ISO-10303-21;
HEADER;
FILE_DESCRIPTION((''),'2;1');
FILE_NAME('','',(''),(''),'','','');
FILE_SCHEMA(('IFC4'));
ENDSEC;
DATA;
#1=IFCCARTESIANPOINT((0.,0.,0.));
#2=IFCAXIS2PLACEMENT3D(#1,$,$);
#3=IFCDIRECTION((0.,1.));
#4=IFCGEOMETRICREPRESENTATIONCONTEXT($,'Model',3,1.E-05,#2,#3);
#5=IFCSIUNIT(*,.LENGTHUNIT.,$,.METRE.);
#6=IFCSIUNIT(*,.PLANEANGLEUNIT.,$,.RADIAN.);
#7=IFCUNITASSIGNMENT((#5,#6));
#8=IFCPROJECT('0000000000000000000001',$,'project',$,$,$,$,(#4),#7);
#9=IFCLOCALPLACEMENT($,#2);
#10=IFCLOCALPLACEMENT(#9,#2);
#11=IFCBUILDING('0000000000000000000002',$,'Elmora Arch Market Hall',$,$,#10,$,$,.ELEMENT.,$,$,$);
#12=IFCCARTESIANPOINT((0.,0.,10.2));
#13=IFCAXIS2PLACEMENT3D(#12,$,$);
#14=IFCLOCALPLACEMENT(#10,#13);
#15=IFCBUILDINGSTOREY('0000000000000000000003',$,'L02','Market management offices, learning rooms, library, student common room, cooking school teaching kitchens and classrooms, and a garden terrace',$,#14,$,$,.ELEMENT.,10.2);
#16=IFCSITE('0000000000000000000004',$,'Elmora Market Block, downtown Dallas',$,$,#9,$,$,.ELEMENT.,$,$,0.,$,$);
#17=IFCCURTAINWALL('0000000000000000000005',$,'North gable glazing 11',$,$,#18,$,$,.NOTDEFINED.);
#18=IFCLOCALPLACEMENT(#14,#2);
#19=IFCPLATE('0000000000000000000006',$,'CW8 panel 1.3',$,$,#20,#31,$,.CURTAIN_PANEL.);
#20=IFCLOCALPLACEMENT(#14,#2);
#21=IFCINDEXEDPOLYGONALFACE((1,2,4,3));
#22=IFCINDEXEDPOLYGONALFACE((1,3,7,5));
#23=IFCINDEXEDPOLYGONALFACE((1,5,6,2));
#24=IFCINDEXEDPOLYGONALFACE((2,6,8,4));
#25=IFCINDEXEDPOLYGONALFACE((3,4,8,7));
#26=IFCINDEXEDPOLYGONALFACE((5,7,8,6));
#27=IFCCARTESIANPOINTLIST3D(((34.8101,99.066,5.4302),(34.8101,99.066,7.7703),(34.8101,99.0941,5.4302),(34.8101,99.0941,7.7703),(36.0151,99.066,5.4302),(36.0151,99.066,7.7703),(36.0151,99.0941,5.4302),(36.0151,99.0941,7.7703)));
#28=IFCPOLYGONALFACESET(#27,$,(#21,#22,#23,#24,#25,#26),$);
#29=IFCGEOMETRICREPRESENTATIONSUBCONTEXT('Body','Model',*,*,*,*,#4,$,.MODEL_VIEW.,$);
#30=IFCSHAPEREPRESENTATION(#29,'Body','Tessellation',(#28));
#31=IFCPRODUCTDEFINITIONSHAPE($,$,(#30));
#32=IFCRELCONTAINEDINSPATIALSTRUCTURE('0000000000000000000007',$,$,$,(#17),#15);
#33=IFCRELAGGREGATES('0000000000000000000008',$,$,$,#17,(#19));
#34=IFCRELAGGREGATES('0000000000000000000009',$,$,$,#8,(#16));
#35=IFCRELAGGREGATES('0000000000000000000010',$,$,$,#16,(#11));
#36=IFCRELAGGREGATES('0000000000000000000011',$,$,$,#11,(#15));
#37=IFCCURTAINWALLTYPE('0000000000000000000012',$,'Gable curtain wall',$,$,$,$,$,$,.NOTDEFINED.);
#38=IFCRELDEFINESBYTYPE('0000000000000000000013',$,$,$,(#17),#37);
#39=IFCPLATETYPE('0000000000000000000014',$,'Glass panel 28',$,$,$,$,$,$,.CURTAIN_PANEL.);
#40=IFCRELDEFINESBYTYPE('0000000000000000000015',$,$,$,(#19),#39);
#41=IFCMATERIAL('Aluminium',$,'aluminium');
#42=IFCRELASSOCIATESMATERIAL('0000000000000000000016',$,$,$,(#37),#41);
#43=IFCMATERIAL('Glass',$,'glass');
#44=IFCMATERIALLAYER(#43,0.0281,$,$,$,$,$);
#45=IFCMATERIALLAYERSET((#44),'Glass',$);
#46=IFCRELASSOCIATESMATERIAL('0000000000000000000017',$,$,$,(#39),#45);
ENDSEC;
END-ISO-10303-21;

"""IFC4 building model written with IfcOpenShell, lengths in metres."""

from ifc_helpers import new_model, si_unit, direction, frame, origin, origin_2d, place, context, subcontext, project, spatial, rectangle, extrude, material, layer, layer_set, type_object, element, aggregate, save


model = new_model("IFC4")

# Units and contexts
model_context = context("Model", 3, precision=1e-05, world=origin(), true_north=direction((0.0, 1.0)))
body_context = subcontext(model_context, "Body", "Model", "MODEL_VIEW")
ifc_project = project(units=[si_unit("LENGTHUNIT", "METRE"), si_unit("PLANEANGLEUNIT", "RADIAN")], contexts=[model_context])

# Site, building, storey
site_placement = place(None, origin())
site = spatial("IfcSite", under=ifc_project, at=site_placement, Name="Elmora Market Block, downtown Dallas", CompositionType="ELEMENT", RefElevation=0.0)
building_placement = place(site_placement, origin())
building = spatial("IfcBuilding", under=site, at=building_placement, Name="Elmora Arch Market Hall", CompositionType="ELEMENT")
storey_placement = place(building_placement, frame((0.0, 0.0, 10.2)))
storey = spatial("IfcBuildingStorey", under=building, at=storey_placement, Name="L02", Description="Market management offices, learning rooms, library, student common room, cooking school teaching kitchens and classrooms, and a garden terrace", CompositionType="ELEMENT", Elevation=10.2)

# Shared definitions
ifc_material_1 = material(Name="Aluminium", Category="aluminium")
curtain_wall_type = type_object("IfcCurtainWallType", Name="Gable curtain wall", PredefinedType="NOTDEFINED", material=ifc_material_1)

# Curtain wall
curtain_wall_1_placement = place(storey_placement, origin())
curtain_wall_1 = element("IfcCurtainWall", 1, at=curtain_wall_1_placement, inside=storey, type_object=curtain_wall_type, Name="North gable glazing 11", PredefinedType="NOTDEFINED")

# Plate
ifc_material_2 = material(Name="Glass", Category="glass")
ifc_layer = layer(ifc_material_2, 0.0281)
ifc_layer_set = layer_set([ifc_layer], Name="Glass")
plate_type = type_object("IfcPlateType", Name="Glass panel 28", PredefinedType="CURTAIN_PANEL", material=ifc_layer_set)
plate_1_placement = place(storey_placement, frame((35.4126, 99.0801, 5.4302), z_axis=(0.0, 0.0, 1.0), x_axis=(1.0, 0.0, 0.0)))
plate_1 = element("IfcPlate", 2, at=plate_1_placement, type_object=plate_type, Name="CW8 panel 1.3", PredefinedType="CURTAIN_PANEL", context=body_context, shape_type="SweptSolid", body=[
    extrude(rectangle(XDim=1.2051, YDim=0.0281, at=origin_2d()), origin(), (0.0, 0.0, 1.0), 2.3401),
])
aggregate(curtain_wall_1, [plate_1])

save(model, "model.ifc")
